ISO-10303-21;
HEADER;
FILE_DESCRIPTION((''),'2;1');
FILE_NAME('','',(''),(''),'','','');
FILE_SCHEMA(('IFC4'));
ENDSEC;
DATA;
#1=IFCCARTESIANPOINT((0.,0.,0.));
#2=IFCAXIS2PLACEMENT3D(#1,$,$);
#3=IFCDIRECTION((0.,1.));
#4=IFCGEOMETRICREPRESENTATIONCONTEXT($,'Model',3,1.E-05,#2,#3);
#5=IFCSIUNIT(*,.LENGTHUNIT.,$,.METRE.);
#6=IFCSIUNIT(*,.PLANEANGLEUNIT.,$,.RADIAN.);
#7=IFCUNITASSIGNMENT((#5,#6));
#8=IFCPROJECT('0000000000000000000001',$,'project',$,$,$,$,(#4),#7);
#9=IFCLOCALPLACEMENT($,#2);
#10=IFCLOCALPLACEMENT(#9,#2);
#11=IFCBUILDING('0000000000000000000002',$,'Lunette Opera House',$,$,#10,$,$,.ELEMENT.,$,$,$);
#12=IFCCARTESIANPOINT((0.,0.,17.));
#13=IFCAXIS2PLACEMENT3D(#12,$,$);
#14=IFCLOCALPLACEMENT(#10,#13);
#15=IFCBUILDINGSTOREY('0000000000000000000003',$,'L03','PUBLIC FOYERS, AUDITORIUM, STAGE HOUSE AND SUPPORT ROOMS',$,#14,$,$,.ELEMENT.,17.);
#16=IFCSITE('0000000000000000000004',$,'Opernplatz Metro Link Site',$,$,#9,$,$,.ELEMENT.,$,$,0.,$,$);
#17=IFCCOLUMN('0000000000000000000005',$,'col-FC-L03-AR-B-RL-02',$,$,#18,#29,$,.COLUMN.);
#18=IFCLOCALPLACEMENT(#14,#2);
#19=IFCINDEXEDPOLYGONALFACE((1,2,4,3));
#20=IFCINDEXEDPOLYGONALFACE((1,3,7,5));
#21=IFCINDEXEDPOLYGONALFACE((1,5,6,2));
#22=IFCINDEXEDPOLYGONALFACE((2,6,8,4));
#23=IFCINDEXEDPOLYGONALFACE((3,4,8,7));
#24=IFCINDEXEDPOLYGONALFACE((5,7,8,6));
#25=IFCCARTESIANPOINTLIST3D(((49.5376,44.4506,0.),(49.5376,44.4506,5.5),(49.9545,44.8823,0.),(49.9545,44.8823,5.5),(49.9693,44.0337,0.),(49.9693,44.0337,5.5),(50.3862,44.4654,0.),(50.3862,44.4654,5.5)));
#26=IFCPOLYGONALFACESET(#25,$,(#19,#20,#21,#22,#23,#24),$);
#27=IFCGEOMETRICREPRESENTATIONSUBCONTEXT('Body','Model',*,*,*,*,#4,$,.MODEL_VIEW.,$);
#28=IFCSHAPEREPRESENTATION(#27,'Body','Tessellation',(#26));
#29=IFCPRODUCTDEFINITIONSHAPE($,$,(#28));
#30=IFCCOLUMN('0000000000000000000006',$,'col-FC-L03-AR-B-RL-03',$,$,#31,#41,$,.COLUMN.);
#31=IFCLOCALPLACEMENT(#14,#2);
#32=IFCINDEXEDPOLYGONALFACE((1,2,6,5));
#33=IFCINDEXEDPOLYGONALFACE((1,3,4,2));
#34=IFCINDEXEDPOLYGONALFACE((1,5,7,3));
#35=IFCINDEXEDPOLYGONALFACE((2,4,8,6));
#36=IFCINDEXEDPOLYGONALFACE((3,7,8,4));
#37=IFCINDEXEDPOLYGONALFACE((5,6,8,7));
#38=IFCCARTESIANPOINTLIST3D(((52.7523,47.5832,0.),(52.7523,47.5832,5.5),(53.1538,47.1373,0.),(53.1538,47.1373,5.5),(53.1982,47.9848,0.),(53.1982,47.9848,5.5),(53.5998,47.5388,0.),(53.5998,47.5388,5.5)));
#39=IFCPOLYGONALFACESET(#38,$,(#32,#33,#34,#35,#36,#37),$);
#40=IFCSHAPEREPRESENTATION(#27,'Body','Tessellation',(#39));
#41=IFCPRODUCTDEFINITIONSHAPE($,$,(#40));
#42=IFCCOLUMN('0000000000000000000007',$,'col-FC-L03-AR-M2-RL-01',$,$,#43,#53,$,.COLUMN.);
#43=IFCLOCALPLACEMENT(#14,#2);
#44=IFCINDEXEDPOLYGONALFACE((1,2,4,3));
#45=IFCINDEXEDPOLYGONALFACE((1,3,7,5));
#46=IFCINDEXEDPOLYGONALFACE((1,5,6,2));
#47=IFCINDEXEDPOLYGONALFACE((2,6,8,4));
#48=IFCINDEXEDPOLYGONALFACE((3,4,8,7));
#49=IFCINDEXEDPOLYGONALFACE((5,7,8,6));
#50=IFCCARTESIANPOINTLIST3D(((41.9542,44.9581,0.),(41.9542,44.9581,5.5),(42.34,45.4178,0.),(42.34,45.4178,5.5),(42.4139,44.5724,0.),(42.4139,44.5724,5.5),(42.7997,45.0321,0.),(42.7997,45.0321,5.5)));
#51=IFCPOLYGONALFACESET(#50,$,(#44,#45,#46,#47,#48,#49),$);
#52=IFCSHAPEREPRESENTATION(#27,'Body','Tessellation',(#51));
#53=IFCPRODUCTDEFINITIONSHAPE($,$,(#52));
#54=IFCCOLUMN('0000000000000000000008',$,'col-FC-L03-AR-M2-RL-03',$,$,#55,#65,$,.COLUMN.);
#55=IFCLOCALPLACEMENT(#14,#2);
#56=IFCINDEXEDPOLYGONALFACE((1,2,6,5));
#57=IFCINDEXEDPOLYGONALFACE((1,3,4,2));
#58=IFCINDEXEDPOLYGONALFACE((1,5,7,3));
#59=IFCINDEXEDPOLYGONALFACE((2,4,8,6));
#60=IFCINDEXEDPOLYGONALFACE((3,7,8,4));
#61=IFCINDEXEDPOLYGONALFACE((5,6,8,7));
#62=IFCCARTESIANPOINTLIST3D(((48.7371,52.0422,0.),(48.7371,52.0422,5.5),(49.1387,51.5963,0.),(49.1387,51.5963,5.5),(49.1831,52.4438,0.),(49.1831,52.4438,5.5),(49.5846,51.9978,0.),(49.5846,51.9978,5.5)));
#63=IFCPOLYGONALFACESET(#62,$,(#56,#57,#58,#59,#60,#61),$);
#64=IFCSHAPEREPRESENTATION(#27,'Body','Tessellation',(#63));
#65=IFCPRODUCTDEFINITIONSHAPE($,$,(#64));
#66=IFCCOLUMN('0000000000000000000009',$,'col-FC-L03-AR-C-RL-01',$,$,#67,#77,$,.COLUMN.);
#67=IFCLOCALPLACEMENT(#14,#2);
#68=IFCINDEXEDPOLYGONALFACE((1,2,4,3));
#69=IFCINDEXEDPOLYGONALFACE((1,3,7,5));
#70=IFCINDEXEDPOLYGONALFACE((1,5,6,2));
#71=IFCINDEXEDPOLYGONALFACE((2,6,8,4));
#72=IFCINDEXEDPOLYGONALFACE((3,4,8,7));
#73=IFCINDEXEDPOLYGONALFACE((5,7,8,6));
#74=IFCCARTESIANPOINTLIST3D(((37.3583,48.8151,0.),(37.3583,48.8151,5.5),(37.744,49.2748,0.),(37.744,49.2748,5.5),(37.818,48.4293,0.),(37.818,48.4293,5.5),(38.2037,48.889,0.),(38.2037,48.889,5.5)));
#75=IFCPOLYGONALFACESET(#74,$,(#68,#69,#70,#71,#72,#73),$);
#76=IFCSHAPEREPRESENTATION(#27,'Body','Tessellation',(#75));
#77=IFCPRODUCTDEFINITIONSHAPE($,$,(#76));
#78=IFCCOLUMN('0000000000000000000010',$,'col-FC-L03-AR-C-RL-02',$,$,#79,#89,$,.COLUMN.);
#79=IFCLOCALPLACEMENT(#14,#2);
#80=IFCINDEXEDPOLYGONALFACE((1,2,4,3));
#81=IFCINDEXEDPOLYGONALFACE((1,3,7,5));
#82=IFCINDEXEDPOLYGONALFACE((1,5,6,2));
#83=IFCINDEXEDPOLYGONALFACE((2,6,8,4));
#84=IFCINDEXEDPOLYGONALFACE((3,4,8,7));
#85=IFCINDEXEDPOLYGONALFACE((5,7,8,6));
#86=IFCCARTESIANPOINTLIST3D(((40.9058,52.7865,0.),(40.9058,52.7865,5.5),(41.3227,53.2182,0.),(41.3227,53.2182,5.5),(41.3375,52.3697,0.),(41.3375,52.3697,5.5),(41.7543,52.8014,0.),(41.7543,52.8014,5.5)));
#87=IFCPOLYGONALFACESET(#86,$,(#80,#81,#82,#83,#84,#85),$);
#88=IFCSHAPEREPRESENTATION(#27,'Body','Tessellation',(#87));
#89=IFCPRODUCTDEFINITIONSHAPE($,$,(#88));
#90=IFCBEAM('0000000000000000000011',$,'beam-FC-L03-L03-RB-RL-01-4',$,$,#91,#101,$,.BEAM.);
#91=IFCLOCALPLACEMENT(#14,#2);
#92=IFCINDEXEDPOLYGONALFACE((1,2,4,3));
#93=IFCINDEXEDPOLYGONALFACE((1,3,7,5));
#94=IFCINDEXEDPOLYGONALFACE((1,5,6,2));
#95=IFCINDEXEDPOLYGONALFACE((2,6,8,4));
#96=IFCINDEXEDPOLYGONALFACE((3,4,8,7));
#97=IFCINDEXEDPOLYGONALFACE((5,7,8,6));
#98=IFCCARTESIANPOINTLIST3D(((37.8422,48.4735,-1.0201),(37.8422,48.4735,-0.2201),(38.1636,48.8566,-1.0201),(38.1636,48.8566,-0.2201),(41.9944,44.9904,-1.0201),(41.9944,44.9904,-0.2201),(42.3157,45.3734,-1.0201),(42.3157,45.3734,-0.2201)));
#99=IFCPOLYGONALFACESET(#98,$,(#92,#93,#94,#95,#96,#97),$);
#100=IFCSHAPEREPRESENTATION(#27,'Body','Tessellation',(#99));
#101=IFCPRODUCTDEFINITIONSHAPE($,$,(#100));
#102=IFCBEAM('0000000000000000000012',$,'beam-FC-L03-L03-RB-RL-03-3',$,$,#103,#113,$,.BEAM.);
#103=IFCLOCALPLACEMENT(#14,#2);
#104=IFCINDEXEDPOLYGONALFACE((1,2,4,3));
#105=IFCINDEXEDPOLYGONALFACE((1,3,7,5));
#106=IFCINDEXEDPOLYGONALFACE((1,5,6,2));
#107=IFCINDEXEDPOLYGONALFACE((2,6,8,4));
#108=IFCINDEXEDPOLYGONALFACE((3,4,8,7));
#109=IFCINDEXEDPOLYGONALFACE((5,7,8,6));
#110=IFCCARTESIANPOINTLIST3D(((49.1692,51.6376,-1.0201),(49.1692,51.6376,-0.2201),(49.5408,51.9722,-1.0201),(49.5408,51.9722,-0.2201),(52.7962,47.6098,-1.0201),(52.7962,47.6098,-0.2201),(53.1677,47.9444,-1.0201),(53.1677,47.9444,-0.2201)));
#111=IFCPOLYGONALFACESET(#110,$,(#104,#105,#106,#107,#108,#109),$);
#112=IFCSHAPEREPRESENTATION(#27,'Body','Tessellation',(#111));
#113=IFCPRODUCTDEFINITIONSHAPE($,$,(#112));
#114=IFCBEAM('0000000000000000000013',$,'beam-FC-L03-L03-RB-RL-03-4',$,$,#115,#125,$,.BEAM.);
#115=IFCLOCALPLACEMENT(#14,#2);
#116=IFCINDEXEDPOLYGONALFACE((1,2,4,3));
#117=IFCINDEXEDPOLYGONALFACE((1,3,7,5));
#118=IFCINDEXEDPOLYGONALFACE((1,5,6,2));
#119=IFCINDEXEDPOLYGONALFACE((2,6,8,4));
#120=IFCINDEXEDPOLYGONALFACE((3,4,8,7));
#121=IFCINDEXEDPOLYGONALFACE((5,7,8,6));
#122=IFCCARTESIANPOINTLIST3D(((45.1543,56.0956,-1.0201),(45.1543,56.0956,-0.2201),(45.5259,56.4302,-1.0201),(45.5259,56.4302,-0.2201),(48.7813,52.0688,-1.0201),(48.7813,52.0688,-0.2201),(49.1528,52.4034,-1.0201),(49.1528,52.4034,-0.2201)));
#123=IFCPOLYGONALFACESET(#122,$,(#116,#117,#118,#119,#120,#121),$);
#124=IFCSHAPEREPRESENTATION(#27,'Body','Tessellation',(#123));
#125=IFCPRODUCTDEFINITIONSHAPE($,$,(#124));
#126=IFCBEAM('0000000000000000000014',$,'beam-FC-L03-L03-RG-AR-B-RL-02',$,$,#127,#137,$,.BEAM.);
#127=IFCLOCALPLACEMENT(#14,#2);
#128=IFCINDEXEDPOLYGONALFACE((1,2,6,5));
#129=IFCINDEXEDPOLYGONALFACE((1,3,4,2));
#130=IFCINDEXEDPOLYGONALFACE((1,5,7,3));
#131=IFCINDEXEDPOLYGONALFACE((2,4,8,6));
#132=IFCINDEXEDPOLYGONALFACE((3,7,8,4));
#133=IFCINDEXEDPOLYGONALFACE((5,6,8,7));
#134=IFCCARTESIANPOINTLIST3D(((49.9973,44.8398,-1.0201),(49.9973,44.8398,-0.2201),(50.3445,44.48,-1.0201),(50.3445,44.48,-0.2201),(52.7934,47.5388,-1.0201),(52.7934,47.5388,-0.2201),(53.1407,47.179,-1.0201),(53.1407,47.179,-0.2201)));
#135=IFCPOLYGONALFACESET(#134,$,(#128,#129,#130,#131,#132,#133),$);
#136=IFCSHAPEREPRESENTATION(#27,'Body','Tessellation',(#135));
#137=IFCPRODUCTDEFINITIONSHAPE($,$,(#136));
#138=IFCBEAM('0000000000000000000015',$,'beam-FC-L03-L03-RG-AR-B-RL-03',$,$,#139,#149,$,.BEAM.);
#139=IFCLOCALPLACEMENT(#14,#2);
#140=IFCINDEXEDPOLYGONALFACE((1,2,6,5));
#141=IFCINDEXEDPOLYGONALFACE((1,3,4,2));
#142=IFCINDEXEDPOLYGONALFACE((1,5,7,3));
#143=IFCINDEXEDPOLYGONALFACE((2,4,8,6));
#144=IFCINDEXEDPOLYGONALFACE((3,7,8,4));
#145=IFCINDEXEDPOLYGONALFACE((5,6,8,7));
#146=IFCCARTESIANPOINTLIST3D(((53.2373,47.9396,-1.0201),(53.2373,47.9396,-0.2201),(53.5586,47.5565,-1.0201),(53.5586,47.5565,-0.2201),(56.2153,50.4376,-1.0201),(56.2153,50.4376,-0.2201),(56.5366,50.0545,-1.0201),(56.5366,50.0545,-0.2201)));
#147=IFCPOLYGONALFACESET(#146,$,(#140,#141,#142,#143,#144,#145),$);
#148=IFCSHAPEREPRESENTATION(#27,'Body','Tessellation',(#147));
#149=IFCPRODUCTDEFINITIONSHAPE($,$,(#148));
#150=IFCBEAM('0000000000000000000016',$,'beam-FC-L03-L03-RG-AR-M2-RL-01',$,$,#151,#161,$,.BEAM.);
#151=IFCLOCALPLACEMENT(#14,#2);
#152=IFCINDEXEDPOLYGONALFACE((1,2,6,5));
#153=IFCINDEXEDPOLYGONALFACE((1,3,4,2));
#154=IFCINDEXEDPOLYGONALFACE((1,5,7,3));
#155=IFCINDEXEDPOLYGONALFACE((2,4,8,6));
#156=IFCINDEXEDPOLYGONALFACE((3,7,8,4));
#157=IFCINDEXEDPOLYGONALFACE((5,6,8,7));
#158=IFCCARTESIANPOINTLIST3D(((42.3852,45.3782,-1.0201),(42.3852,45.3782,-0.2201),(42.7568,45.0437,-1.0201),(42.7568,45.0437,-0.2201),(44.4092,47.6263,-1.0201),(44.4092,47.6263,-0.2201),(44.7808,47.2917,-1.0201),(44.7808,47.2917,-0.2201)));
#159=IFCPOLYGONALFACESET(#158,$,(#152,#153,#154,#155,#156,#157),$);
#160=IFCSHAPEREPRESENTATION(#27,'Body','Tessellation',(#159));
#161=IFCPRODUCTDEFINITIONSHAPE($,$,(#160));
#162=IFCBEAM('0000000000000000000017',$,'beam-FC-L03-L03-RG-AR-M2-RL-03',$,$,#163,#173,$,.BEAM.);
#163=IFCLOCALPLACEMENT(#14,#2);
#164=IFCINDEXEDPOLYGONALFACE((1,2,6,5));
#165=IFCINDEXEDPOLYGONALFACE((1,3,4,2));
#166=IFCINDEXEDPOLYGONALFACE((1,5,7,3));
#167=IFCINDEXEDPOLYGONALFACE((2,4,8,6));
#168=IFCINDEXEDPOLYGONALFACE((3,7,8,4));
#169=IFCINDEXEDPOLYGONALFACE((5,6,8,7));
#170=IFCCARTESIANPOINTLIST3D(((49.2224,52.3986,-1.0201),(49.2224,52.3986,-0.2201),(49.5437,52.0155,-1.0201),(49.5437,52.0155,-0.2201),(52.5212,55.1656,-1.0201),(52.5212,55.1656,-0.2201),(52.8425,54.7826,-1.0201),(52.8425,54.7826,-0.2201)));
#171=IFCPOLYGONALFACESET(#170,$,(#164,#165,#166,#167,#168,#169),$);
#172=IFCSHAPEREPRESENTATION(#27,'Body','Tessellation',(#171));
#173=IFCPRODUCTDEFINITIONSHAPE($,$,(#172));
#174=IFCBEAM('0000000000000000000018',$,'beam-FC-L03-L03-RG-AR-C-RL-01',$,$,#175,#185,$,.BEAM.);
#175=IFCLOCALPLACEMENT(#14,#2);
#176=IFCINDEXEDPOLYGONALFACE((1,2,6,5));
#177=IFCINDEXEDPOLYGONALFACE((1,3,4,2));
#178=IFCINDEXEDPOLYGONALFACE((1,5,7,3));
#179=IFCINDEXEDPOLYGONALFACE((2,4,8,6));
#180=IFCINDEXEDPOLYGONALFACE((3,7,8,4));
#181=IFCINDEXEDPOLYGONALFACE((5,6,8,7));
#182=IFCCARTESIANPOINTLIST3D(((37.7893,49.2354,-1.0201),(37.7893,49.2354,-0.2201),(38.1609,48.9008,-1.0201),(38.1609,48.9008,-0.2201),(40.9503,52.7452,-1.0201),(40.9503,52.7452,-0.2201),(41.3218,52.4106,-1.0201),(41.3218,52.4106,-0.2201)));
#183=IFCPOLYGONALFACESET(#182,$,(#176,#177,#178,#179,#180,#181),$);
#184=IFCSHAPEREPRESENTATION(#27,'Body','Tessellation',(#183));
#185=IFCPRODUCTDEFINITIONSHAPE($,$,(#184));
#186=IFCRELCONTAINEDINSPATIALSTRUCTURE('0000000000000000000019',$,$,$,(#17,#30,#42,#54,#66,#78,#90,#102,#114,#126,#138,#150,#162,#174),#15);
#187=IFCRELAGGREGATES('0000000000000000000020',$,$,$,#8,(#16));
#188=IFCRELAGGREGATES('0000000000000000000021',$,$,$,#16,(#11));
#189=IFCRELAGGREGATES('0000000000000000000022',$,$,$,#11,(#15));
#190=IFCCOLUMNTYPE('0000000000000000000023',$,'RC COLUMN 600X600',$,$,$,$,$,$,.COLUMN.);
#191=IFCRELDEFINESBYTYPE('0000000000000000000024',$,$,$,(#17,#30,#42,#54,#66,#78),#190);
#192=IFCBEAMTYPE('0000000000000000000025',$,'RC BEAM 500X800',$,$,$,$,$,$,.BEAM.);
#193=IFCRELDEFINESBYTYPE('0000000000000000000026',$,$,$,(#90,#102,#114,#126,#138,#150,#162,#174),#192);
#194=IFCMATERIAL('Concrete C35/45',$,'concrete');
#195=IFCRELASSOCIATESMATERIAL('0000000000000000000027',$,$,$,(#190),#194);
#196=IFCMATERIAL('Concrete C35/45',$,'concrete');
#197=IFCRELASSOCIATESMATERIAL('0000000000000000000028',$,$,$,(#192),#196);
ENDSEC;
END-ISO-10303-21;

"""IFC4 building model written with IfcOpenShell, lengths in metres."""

from ifc_helpers import new_model, si_unit, direction, frame, origin, origin_2d, place, context, subcontext, project, spatial, rectangle, extrude, material, material_profile, profile_set, type_object, element, save


model = new_model("IFC4")

# Units and contexts
model_context = context("Model", 3, precision=1e-05, world=origin(), true_north=direction((0.0, 1.0)))
body_context = subcontext(model_context, "Body", "Model", "MODEL_VIEW")
ifc_project = project(units=[si_unit("LENGTHUNIT", "METRE"), si_unit("PLANEANGLEUNIT", "RADIAN")], contexts=[model_context])

# Site, building, storey
site_placement = place(None, origin())
site = spatial("IfcSite", under=ifc_project, at=site_placement, Name="Opernplatz Metro Link Site", CompositionType="ELEMENT", RefElevation=0.0)
building_placement = place(site_placement, origin())
building = spatial("IfcBuilding", under=site, at=building_placement, Name="Lunette Opera House", CompositionType="ELEMENT")
storey_placement = place(building_placement, frame((0.0, 0.0, 17.0)))
storey = spatial("IfcBuildingStorey", under=building, at=storey_placement, Name="L03", Description="PUBLIC FOYERS, AUDITORIUM, STAGE HOUSE AND SUPPORT ROOMS", CompositionType="ELEMENT", Elevation=17.0)

# Columns
ifc_material_1 = material(Name="Concrete C35/45", Category="concrete")
ifc_material_profile_1 = material_profile(ifc_material_1, rectangle(XDim=0.6001, YDim=0.6001, at=origin_2d()), Name="RC COLUMN 600X600")
ifc_profile_set_1 = profile_set([ifc_material_profile_1], Name="Concrete C35/45")
column_type = type_object("IfcColumnType", Name="RC COLUMN 600X600", PredefinedType="COLUMN", material=ifc_profile_set_1)
for number, where, z_axis, x_axis, name in (
    (1, (49.9619, 44.458, 0.0), (0.0, 0.0, 1.0), (0.694658, 0.71934, 0.0), "col-FC-L03-AR-B-RL-02"),
    (2, (53.176, 47.561, 0.0), (0.0, 0.0, 1.0), (0.743145, 0.669131, 0.0), "col-FC-L03-AR-B-RL-03"),
    (3, (42.377, 44.9951, 0.0), (0.0, 0.0, 1.0), (0.642788, 0.766044, 0.0), "col-FC-L03-AR-M2-RL-01"),
    (4, (49.1609, 52.02, 0.0), (0.0, 0.0, 1.0), (0.743145, 0.669131, 0.0), "col-FC-L03-AR-M2-RL-03"),
    (5, (37.781, 48.8521, 0.0), (0.0, 0.0, 1.0), (0.642788, 0.766044, 0.0), "col-FC-L03-AR-C-RL-01"),
    (6, (41.3301, 52.7939, 0.0), (0.0, 0.0, 1.0), (0.694658, 0.71934, 0.0), "col-FC-L03-AR-C-RL-02"),
):
    element("IfcColumn", number, at=place(storey_placement, frame(where, z_axis=z_axis, x_axis=x_axis)), inside=storey, type_object=column_type, Name=name, PredefinedType="COLUMN", context=body_context, shape_type="SweptSolid", body=[
        extrude(rectangle(XDim=0.6001, YDim=0.6001, at=origin_2d()), origin(), (0.0, 0.0, 1.0), 5.5),
    ])

# Beams
ifc_material_2 = material(Name="Concrete C35/45", Category="concrete")
ifc_material_profile_2 = material_profile(ifc_material_2, rectangle(XDim=0.5, YDim=0.8, at=origin_2d()), Name="RC BEAM 500X800")
ifc_profile_set_2 = profile_set([ifc_material_profile_2], Name="Concrete C35/45")
beam_type = type_object("IfcBeamType", Name="RC BEAM 500X800", PredefinedType="BEAM", material=ifc_profile_set_2)
beam_1_placement = place(storey_placement, frame((42.155, 45.1819, -0.6201), z_axis=(-0.766124, 0.642693, 0.0), x_axis=(-0.642693, -0.766124, 0.0)))
element("IfcBeam", 7, at=beam_1_placement, inside=storey, type_object=beam_type, Name="beam-FC-L03-L03-RB-RL-01-4", PredefinedType="BEAM", context=body_context, shape_type="SweptSolid", body=[
    extrude(rectangle(XDim=0.5, YDim=0.8, at=origin_2d()), origin(), (0.0, 0.0, 1.0), 5.4197),
])
beam_2_placement = place(storey_placement, frame((52.9819, 47.7771, -0.6201), z_axis=(-0.669159, 0.743119, 0.0), x_axis=(-0.743119, -0.669159, 0.0)))
element("IfcBeam", 8, at=beam_2_placement, inside=storey, type_object=beam_type, Name="beam-FC-L03-L03-RB-RL-03-3", PredefinedType="BEAM", context=body_context, shape_type="SweptSolid", body=[
    extrude(rectangle(XDim=0.5, YDim=0.8, at=origin_2d()), origin(), (0.0, 0.0, 1.0), 5.4202),
])
beam_3_placement = place(storey_placement, frame((48.967, 52.2361, -0.6201), z_axis=(-0.669248, 0.743039, 0.0), x_axis=(-0.743039, -0.669248, 0.0)))
element("IfcBeam", 9, at=beam_3_placement, inside=storey, type_object=beam_type, Name="beam-FC-L03-L03-RB-RL-03-4", PredefinedType="BEAM", context=body_context, shape_type="SweptSolid", body=[
    extrude(rectangle(XDim=0.5, YDim=0.8, at=origin_2d()), origin(), (0.0, 0.0, 1.0), 5.4194),
])
beam_4_placement = place(storey_placement, frame((50.1709, 44.6599, -0.6201), z_axis=(0.719498, 0.694495, 0.0), x_axis=(-0.694495, 0.719498, 0.0)))
element("IfcBeam", 10, at=beam_4_placement, inside=storey, type_object=beam_type, Name="beam-FC-L03-L03-RG-AR-B-RL-02", PredefinedType="BEAM", context=body_context, shape_type="SweptSolid", body=[
    extrude(rectangle(XDim=0.5, YDim=0.8, at=origin_2d()), origin(), (0.0, 0.0, 1.0), 3.8862),
])
beam_5_placement = place(storey_placement, frame((53.3979, 47.748, -0.6201), z_axis=(0.766148, 0.642665, 0.0), x_axis=(-0.642665, 0.766148, 0.0)))
element("IfcBeam", 11, at=beam_5_placement, inside=storey, type_object=beam_type, Name="beam-FC-L03-L03-RG-AR-B-RL-03", PredefinedType="BEAM", context=body_context, shape_type="SweptSolid", body=[
    extrude(rectangle(XDim=0.5, YDim=0.8, at=origin_2d()), origin(), (0.0, 0.0, 1.0), 3.887),
])
beam_6_placement = place(storey_placement, frame((42.571, 45.2109, -0.6201), z_axis=(0.66909, 0.743182, 0.0), x_axis=(-0.743182, 0.66909, 0.0)))
element("IfcBeam", 12, at=beam_6_placement, inside=storey, type_object=beam_type, Name="beam-FC-L03-L03-RG-AR-M2-RL-01", PredefinedType="BEAM", context=body_context, shape_type="SweptSolid", body=[
    extrude(rectangle(XDim=0.5, YDim=0.8, at=origin_2d()), origin(), (0.0, 0.0, 1.0), 3.0249),
])
beam_7_placement = place(storey_placement, frame((49.3831, 52.207, -0.6201), z_axis=(0.766154, 0.642657, 0.0), x_axis=(-0.642657, 0.766154, 0.0)))
element("IfcBeam", 13, at=beam_7_placement, inside=storey, type_object=beam_type, Name="beam-FC-L03-L03-RG-AR-M2-RL-03", PredefinedType="BEAM", context=body_context, shape_type="SweptSolid", body=[
    extrude(rectangle(XDim=0.5, YDim=0.8, at=origin_2d()), origin(), (0.0, 0.0, 1.0), 4.3057),
])
beam_8_placement = place(storey_placement, frame((37.9751, 49.0681, -0.6201), z_axis=(0.66921, 0.743073, 0.0), x_axis=(-0.743073, 0.66921, 0.0)))
element("IfcBeam", 14, at=beam_8_placement, inside=storey, type_object=beam_type, Name="beam-FC-L03-L03-RG-AR-C-RL-01", PredefinedType="BEAM", context=body_context, shape_type="SweptSolid", body=[
    extrude(rectangle(XDim=0.5, YDim=0.8, at=origin_2d()), origin(), (0.0, 0.0, 1.0), 4.7234),
])

save(model, "model.ifc")
